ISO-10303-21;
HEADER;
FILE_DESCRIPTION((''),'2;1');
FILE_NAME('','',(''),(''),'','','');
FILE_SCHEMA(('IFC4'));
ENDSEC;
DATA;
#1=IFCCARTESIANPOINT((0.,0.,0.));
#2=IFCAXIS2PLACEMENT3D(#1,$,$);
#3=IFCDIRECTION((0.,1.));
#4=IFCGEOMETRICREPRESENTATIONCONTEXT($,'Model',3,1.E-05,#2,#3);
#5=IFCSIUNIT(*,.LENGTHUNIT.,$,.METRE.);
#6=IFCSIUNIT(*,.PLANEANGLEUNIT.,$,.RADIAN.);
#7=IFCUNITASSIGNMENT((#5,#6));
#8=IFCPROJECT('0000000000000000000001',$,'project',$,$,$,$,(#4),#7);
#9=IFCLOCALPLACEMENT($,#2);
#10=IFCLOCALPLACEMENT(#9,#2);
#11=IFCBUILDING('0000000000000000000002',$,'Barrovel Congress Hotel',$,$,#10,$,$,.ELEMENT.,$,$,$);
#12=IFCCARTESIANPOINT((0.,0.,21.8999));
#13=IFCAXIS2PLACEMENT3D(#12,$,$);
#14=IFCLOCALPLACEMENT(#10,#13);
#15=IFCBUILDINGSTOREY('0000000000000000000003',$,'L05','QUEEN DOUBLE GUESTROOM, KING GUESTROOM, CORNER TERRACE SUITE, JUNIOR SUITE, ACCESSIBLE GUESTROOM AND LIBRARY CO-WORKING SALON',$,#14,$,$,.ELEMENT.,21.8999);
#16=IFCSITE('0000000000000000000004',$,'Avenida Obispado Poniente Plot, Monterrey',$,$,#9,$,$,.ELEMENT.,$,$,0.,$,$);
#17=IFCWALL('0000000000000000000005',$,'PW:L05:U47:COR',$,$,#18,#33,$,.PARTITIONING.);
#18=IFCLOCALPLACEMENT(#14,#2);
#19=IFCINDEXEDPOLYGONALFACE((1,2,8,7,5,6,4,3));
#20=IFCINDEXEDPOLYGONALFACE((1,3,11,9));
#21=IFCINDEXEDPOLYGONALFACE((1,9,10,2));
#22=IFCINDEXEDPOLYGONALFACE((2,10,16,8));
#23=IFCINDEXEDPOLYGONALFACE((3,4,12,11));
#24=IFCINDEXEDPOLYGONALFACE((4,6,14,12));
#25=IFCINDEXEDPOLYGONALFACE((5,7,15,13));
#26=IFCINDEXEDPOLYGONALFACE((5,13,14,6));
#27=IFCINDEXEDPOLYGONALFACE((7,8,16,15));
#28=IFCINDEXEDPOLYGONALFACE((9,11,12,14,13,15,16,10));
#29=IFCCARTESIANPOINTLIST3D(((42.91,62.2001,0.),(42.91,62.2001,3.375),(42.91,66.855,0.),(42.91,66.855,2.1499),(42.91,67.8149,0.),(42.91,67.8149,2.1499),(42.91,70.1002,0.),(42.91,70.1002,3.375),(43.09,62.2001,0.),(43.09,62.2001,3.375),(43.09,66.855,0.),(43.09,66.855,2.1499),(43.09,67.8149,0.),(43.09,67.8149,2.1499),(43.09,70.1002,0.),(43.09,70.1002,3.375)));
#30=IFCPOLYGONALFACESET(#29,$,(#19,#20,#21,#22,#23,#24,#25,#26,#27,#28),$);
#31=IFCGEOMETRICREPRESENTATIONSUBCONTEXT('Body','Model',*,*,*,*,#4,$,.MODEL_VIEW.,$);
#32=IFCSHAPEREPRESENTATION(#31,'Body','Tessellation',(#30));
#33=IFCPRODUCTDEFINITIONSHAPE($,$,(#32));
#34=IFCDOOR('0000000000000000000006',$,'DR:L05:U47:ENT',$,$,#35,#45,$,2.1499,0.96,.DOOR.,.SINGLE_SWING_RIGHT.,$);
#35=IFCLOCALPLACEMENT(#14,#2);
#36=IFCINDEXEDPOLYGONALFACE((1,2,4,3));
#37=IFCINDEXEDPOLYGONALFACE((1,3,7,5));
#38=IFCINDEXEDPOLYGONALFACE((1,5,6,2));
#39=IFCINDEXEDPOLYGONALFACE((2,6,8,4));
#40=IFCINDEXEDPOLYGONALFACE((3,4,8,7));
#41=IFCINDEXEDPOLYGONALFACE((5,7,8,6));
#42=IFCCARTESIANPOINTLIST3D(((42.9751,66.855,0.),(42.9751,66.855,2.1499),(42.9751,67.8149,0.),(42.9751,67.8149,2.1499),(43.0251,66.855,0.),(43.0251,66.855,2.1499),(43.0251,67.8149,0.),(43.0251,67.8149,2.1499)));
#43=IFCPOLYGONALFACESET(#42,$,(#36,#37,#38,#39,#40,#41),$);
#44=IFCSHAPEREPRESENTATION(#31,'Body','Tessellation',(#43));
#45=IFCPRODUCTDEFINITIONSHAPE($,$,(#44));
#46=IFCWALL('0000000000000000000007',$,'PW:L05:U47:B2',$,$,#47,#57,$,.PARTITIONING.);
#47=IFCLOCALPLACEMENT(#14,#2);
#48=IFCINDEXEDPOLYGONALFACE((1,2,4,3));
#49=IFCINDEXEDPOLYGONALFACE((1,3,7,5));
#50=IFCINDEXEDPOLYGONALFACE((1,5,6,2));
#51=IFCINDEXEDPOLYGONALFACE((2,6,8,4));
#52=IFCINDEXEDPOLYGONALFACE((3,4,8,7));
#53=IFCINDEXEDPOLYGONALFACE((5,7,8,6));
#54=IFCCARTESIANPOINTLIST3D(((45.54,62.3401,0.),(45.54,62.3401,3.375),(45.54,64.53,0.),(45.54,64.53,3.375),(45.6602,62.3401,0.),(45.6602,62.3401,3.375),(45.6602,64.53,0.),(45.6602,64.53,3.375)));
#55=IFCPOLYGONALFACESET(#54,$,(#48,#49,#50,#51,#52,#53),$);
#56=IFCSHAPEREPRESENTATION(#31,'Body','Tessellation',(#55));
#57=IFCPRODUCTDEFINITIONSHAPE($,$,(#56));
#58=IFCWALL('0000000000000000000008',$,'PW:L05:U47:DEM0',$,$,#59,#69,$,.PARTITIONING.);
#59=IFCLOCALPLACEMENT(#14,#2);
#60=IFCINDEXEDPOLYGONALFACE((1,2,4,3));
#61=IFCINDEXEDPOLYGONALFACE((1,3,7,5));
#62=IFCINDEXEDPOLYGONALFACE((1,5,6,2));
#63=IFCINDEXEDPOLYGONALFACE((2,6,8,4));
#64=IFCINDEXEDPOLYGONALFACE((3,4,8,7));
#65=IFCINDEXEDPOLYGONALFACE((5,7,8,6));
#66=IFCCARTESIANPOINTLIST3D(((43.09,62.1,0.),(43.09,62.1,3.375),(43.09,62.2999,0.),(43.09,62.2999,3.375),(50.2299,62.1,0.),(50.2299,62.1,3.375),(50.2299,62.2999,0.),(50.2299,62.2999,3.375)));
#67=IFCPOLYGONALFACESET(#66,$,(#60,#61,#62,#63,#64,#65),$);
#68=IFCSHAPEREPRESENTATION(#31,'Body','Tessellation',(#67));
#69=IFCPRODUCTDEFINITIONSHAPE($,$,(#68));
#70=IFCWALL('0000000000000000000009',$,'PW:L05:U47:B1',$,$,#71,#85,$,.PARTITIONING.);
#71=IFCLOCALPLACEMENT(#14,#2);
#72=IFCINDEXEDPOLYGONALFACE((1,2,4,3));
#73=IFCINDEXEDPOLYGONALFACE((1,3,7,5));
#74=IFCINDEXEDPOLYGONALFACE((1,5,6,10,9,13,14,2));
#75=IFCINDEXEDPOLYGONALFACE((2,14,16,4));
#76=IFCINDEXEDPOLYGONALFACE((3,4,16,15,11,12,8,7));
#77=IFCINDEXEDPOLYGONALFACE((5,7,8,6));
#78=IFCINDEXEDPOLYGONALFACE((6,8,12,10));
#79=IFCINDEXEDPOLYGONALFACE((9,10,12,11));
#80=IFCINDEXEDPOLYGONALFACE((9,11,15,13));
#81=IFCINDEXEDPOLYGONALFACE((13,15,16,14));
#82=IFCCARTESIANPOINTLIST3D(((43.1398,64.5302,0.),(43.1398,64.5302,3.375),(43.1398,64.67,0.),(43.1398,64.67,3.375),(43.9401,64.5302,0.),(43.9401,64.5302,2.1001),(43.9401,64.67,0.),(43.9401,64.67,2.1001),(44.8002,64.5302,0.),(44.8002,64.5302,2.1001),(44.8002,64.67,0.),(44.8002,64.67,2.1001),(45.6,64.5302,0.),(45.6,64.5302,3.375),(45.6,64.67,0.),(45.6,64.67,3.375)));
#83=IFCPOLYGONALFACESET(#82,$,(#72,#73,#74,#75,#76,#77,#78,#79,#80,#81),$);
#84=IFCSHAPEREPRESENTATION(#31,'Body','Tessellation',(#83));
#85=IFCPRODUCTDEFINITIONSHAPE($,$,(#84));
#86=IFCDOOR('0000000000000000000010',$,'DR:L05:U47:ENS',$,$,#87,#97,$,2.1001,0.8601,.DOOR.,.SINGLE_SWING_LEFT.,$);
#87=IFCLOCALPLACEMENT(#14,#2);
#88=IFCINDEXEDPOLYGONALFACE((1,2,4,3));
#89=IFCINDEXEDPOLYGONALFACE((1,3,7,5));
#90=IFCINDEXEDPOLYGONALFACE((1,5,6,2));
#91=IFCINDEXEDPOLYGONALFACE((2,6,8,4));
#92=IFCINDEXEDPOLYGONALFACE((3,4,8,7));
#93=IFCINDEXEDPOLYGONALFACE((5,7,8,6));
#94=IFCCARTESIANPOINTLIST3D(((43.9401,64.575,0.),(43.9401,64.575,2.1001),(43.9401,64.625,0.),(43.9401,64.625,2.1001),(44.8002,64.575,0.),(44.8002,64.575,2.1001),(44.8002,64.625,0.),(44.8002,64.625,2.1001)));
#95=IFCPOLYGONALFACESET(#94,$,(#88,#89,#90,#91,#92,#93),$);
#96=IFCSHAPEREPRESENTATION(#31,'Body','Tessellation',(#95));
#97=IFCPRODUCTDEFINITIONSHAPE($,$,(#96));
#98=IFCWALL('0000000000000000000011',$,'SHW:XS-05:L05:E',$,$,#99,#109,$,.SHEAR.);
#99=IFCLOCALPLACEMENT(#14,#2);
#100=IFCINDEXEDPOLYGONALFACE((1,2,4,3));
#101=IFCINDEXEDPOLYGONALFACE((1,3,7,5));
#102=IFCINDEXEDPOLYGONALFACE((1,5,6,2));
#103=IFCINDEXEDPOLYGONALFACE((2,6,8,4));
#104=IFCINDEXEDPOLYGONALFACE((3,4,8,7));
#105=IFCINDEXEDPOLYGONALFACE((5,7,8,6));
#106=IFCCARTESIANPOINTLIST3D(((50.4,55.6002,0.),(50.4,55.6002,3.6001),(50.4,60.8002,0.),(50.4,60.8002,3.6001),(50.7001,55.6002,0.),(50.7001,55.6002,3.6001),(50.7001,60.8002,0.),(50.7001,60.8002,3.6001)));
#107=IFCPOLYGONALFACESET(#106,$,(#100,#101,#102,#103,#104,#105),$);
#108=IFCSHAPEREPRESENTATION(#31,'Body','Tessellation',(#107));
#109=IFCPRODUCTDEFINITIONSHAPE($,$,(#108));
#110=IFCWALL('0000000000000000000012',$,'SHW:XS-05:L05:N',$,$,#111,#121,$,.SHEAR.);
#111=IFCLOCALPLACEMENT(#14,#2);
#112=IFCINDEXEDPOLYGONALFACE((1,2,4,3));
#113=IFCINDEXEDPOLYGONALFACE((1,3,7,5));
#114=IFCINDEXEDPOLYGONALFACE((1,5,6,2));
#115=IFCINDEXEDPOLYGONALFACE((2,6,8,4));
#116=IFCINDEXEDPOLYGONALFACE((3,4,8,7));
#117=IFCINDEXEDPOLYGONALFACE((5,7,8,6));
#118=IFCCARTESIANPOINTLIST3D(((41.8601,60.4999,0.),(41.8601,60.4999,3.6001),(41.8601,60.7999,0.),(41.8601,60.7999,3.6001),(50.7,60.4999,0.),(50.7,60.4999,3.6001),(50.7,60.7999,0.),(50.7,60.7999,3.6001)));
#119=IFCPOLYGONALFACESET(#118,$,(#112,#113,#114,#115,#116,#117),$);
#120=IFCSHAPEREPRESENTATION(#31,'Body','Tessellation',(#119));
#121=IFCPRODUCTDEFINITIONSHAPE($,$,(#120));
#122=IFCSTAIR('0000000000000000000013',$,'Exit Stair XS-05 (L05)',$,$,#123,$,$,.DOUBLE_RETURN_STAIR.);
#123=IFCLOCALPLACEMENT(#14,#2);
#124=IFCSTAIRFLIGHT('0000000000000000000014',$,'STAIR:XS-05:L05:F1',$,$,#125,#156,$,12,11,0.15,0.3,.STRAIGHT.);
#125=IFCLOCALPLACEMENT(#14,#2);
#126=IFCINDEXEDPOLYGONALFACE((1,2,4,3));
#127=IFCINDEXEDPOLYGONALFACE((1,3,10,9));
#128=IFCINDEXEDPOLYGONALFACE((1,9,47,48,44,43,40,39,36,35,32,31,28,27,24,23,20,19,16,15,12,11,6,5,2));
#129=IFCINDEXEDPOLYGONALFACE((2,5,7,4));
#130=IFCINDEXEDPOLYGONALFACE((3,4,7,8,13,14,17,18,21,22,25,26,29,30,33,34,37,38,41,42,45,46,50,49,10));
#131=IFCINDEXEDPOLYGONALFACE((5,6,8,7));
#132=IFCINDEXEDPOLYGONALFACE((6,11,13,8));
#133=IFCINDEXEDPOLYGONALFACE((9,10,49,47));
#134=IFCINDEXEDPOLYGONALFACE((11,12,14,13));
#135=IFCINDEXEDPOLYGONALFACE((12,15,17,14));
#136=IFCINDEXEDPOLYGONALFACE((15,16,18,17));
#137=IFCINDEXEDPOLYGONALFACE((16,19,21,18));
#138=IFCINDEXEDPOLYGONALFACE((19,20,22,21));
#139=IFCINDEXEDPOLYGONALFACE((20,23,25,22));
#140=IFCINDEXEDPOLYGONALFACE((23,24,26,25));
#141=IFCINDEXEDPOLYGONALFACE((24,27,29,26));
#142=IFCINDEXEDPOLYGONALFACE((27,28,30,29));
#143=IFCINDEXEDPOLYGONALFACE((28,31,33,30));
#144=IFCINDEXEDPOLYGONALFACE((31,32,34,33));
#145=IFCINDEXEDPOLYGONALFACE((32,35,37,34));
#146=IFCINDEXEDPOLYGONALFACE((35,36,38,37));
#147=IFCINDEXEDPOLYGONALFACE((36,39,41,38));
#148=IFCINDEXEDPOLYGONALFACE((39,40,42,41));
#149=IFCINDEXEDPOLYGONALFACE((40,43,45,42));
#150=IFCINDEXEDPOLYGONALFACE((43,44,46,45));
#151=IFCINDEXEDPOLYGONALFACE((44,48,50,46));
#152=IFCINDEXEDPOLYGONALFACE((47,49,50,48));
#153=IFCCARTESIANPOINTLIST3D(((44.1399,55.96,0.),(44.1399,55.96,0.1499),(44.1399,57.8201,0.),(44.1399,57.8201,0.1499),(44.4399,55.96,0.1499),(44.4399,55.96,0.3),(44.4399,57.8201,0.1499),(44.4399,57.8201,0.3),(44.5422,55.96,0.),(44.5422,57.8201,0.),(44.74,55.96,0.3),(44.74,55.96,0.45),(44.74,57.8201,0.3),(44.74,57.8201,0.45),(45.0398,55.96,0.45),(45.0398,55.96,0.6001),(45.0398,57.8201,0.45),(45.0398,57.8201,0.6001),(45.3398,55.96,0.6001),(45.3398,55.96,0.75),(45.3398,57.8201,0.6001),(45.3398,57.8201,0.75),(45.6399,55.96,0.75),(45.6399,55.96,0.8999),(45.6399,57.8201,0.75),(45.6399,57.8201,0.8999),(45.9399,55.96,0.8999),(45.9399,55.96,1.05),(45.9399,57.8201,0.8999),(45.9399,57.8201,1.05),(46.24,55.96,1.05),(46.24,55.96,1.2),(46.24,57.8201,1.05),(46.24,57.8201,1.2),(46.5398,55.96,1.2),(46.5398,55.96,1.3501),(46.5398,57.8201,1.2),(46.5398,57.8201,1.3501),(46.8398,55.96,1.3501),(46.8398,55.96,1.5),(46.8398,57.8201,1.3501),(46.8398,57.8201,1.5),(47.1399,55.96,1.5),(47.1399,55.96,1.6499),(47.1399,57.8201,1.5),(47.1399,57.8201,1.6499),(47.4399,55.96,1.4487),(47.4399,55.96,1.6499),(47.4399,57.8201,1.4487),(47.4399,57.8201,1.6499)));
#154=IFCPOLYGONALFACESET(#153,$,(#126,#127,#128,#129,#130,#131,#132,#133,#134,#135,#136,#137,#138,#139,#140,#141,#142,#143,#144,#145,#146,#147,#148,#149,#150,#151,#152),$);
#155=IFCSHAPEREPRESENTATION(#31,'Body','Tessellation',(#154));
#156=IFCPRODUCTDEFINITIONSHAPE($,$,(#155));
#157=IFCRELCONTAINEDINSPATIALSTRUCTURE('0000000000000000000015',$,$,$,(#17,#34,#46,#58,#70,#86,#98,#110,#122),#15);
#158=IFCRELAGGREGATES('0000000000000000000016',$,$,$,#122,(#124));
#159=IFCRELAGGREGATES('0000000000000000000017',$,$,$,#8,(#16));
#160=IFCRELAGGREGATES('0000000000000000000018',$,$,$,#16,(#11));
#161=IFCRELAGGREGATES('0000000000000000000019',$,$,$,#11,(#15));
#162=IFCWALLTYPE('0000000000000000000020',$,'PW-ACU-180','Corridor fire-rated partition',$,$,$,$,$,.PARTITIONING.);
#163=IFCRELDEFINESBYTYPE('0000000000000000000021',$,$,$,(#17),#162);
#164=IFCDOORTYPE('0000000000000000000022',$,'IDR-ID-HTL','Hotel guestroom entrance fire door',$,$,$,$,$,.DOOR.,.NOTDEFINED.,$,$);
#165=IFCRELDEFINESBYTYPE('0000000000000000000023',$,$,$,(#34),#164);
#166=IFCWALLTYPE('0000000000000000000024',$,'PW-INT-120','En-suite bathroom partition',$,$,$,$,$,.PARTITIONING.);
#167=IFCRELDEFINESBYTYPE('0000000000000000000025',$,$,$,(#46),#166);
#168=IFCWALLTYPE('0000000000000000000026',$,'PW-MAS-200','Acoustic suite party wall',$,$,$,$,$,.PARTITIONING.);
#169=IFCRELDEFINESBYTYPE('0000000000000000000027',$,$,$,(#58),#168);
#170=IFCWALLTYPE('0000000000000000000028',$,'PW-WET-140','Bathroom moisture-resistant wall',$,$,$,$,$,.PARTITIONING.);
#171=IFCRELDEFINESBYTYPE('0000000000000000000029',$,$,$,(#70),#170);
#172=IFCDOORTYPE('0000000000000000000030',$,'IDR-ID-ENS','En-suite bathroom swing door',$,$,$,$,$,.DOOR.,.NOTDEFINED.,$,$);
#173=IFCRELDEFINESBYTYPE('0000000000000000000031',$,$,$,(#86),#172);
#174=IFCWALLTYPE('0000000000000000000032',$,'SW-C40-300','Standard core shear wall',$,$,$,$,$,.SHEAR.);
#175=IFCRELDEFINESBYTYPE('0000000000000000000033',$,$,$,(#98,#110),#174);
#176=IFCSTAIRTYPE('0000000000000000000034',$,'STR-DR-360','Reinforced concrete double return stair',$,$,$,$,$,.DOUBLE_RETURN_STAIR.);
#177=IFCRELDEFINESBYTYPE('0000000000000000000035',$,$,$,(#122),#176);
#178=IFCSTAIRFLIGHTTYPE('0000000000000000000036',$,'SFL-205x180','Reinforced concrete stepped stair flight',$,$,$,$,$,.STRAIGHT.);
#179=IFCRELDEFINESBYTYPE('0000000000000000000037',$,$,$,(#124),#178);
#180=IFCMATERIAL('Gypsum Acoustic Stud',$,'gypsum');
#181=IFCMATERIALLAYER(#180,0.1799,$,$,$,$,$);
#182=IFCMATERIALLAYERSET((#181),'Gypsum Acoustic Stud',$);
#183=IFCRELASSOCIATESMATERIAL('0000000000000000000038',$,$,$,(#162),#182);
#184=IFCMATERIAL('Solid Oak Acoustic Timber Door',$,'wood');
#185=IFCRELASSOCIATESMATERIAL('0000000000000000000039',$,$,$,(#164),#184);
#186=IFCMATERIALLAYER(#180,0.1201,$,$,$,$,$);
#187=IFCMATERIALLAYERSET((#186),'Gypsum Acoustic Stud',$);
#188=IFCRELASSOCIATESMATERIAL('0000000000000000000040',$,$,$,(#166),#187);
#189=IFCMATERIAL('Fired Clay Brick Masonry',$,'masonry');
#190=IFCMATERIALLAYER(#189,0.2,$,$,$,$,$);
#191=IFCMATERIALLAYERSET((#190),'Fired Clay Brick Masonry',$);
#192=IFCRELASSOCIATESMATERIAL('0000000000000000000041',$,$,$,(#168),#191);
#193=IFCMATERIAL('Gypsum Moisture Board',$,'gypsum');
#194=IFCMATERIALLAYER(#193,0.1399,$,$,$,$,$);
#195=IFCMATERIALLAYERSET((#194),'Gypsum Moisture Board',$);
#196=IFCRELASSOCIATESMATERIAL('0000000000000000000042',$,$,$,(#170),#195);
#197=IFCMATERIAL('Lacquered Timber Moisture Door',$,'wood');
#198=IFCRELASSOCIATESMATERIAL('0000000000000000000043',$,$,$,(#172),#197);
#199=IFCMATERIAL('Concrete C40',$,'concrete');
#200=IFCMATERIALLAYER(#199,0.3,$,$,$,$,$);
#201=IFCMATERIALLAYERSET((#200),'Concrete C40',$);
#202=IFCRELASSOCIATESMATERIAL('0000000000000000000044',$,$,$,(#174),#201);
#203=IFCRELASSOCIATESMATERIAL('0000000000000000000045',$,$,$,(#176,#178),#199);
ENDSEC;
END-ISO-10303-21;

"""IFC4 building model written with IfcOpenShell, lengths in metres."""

from ifc_helpers import new_model, si_unit, direction, frame, frame_2d, origin, place, context, subcontext, project, spatial, polyline, rectangle, outline, extrude, material, layer, layer_set, type_object, element, fill, aggregate, save


model = new_model("IFC4")

# Units and contexts
model_context = context("Model", 3, precision=1e-05, world=origin(), true_north=direction((0.0, 1.0)))
body_context = subcontext(model_context, "Body", "Model", "MODEL_VIEW")
ifc_project = project(units=[si_unit("LENGTHUNIT", "METRE"), si_unit("PLANEANGLEUNIT", "RADIAN")], contexts=[model_context])

# Site, building, storey
site_placement = place(None, origin())
site = spatial("IfcSite", under=ifc_project, at=site_placement, Name="Avenida Obispado Poniente Plot, Monterrey", CompositionType="ELEMENT", RefElevation=0.0)
building_placement = place(site_placement, origin())
building = spatial("IfcBuilding", under=site, at=building_placement, Name="Barrovel Congress Hotel", CompositionType="ELEMENT")
storey_placement = place(building_placement, frame((0.0, 0.0, 21.8999)))
storey = spatial("IfcBuildingStorey", under=building, at=storey_placement, Name="L05", Description="QUEEN DOUBLE GUESTROOM, KING GUESTROOM, CORNER TERRACE SUITE, JUNIOR SUITE, ACCESSIBLE GUESTROOM AND LIBRARY CO-WORKING SALON", CompositionType="ELEMENT", Elevation=21.8999)

# Shared definitions
ifc_material_1 = material(Name="Concrete C40", Category="concrete")

# Shared definitions
ifc_material_2 = material(Name="Fired Clay Brick Masonry", Category="masonry")

# Wall, opening, door
ifc_material_3 = material(Name="Gypsum Acoustic Stud", Category="gypsum")
ifc_layer_1 = layer(ifc_material_3, 0.1799)
ifc_layer_set_1 = layer_set([ifc_layer_1], Name="Gypsum Acoustic Stud")
wall_type_1 = type_object("IfcWallType", Name="PW-ACU-180", Description="Corridor fire-rated partition", PredefinedType="PARTITIONING", material=ifc_layer_set_1)
wall_1_placement = place(storey_placement, frame((43.0, 62.2, 0.0), z_axis=(0.0, 0.0, 1.0), x_axis=(0.0, 1.0, 0.0)))
wall_1 = element("IfcWall", 1, at=wall_1_placement, inside=storey, type_object=wall_type_1, Name="PW:L05:U47:COR", PredefinedType="PARTITIONING", context=body_context, shape_type="SweptSolid", body=[
    extrude(rectangle(XDim=7.9001, YDim=0.1799, at=frame_2d((3.9502, 0.0))), origin(), (0.0, 0.0, 1.0), 3.375),
])
opening_1_placement = place(wall_1_placement, frame((4.655, 0.0, 0.0)))
opening_1 = element("IfcOpeningElement", 2, at=opening_1_placement, cuts=wall_1, PredefinedType="OPENING", context=body_context, shape_type="SweptSolid", body=[
    extrude(rectangle(XDim=0.96, YDim=2.1499, at=frame_2d((0.48, 1.075))), frame((0.0, 0.1001, 0.0), z_axis=(0.0, -1.0, 0.0), x_axis=(1.0, 0.0, 0.0)), (0.0, 0.0, 1.0), 0.2),
])
ifc_material_4 = material(Name="Solid Oak Acoustic Timber Door", Category="wood")
door_type_1 = type_object("IfcDoorType", Name="IDR-ID-HTL", Description="Hotel guestroom entrance fire door", OperationType="NOTDEFINED", PredefinedType="DOOR", material=ifc_material_4)
door_1_placement = place(opening_1_placement, origin())
door_1 = element("IfcDoor", 3, at=door_1_placement, inside=storey, type_object=door_type_1, Name="DR:L05:U47:ENT", OperationType="SINGLE_SWING_RIGHT", OverallHeight=2.1499, OverallWidth=0.96, PredefinedType="DOOR", context=body_context, shape_type="SweptSolid", body=[
    extrude(rectangle(XDim=0.96, YDim=2.1499, at=frame_2d((0.48, 1.075))), frame((0.0, 0.0249, 0.0), z_axis=(0.0, -1.0, 0.0), x_axis=(1.0, 0.0, 0.0)), (0.0, 0.0, 1.0), 0.05),
])
fill(opening_1, door_1)

# Walls
ifc_layer_2 = layer(ifc_material_3, 0.1201)
ifc_layer_set_2 = layer_set([ifc_layer_2], Name="Gypsum Acoustic Stud")
wall_type_2 = type_object("IfcWallType", Name="PW-INT-120", Description="En-suite bathroom partition", PredefinedType="PARTITIONING", material=ifc_layer_set_2)
wall_2_placement = place(storey_placement, frame((45.6001, 62.3401, 0.0), z_axis=(0.0, 0.0, 1.0), x_axis=(0.0, 1.0, 0.0)))
element("IfcWall", 4, at=wall_2_placement, inside=storey, type_object=wall_type_2, Name="PW:L05:U47:B2", PredefinedType="PARTITIONING", context=body_context, shape_type="SweptSolid", body=[
    extrude(rectangle(XDim=2.1899, YDim=0.1201, at=frame_2d((1.095, 0.0))), origin(), (0.0, 0.0, 1.0), 3.375),
])
ifc_layer_3 = layer(ifc_material_2, 0.2)
ifc_layer_set_3 = layer_set([ifc_layer_3], Name="Fired Clay Brick Masonry")
wall_type_3 = type_object("IfcWallType", Name="PW-MAS-200", Description="Acoustic suite party wall", PredefinedType="PARTITIONING", material=ifc_layer_set_3)
wall_3_placement = place(storey_placement, frame((43.0901, 62.2, 0.0), z_axis=(0.0, 0.0, 1.0), x_axis=(1.0, 0.0, 0.0)))
element("IfcWall", 5, at=wall_3_placement, inside=storey, type_object=wall_type_3, Name="PW:L05:U47:DEM0", PredefinedType="PARTITIONING", context=body_context, shape_type="SweptSolid", body=[
    extrude(rectangle(XDim=7.1399, YDim=0.2, at=frame_2d((3.5698, 0.0))), origin(), (0.0, 0.0, 1.0), 3.375),
])

# Wall, opening, door
ifc_material_5 = material(Name="Gypsum Moisture Board", Category="gypsum")
ifc_layer_4 = layer(ifc_material_5, 0.1399)
ifc_layer_set_4 = layer_set([ifc_layer_4], Name="Gypsum Moisture Board")
wall_type_4 = type_object("IfcWallType", Name="PW-WET-140", Description="Bathroom moisture-resistant wall", PredefinedType="PARTITIONING", material=ifc_layer_set_4)
wall_4_placement = place(storey_placement, frame((43.1399, 64.6001, 0.0), z_axis=(0.0, 0.0, 1.0), x_axis=(1.0, 0.0, 0.0)))
wall_4 = element("IfcWall", 6, at=wall_4_placement, inside=storey, type_object=wall_type_4, Name="PW:L05:U47:B1", PredefinedType="PARTITIONING", context=body_context, shape_type="SweptSolid", body=[
    extrude(rectangle(XDim=2.4602, YDim=0.1399, at=frame_2d((1.23, 0.0))), origin(), (0.0, 0.0, 1.0), 3.375),
])
opening_2_placement = place(wall_4_placement, frame((0.8, 0.0, 0.0)))
opening_2 = element("IfcOpeningElement", 7, at=opening_2_placement, cuts=wall_4, PredefinedType="OPENING", context=body_context, shape_type="SweptSolid", body=[
    extrude(rectangle(XDim=0.8601, YDim=2.1001, at=frame_2d((0.4302, 1.05))), frame((0.0, 0.0801, 0.0), z_axis=(0.0, -1.0, 0.0), x_axis=(1.0, 0.0, 0.0)), (0.0, 0.0, 1.0), 0.1599),
])
ifc_material_6 = material(Name="Lacquered Timber Moisture Door", Category="wood")
door_type_2 = type_object("IfcDoorType", Name="IDR-ID-ENS", Description="En-suite bathroom swing door", OperationType="NOTDEFINED", PredefinedType="DOOR", material=ifc_material_6)
door_2_placement = place(opening_2_placement, origin())
door_2 = element("IfcDoor", 8, at=door_2_placement, inside=storey, type_object=door_type_2, Name="DR:L05:U47:ENS", OperationType="SINGLE_SWING_LEFT", OverallHeight=2.1001, OverallWidth=0.8601, PredefinedType="DOOR", context=body_context, shape_type="SweptSolid", body=[
    extrude(rectangle(XDim=0.8601, YDim=2.1001, at=frame_2d((0.4302, 1.05))), frame((0.0, 0.0249, 0.0), z_axis=(0.0, -1.0, 0.0), x_axis=(1.0, 0.0, 0.0)), (0.0, 0.0, 1.0), 0.05),
])
fill(opening_2, door_2)

# Walls
ifc_layer_5 = layer(ifc_material_1, 0.3)
ifc_layer_set_5 = layer_set([ifc_layer_5], Name="Concrete C40")
wall_type_5 = type_object("IfcWallType", Name="SW-C40-300", Description="Standard core shear wall", PredefinedType="SHEAR", material=ifc_layer_set_5)
wall_5_placement = place(storey_placement, frame((50.55, 55.6001, 0.0), z_axis=(0.0, 0.0, 1.0), x_axis=(0.0, 1.0, 0.0)))
element("IfcWall", 9, at=wall_5_placement, inside=storey, type_object=wall_type_5, Name="SHW:XS-05:L05:E", PredefinedType="SHEAR", context=body_context, shape_type="SweptSolid", body=[
    extrude(rectangle(XDim=5.2, YDim=0.3, at=frame_2d((2.6001, 0.0))), origin(), (0.0, 0.0, 1.0), 3.6001),
])
wall_6_placement = place(storey_placement, frame((50.7, 60.6499, 0.0), z_axis=(0.0, 0.0, 1.0), x_axis=(-1.0, 0.0, 0.0)))
element("IfcWall", 10, at=wall_6_placement, inside=storey, type_object=wall_type_5, Name="SHW:XS-05:L05:N", PredefinedType="SHEAR", context=body_context, shape_type="SweptSolid", body=[
    extrude(rectangle(XDim=8.8398, YDim=0.3, at=frame_2d((4.4199, 0.0))), origin(), (0.0, 0.0, 1.0), 3.6001),
])

# Stair, stair flight
stair_type = type_object("IfcStairType", Name="STR-DR-360", Description="Reinforced concrete double return stair", PredefinedType="DOUBLE_RETURN_STAIR", material=ifc_material_1)
stair_placement = place(storey_placement, origin())
stair = element("IfcStair", 11, at=stair_placement, inside=storey, type_object=stair_type, Name="Exit Stair XS-05 (L05)", PredefinedType="DOUBLE_RETURN_STAIR")
stair_flight_type = type_object("IfcStairFlightType", Name="SFL-205x180", Description="Reinforced concrete stepped stair flight", PredefinedType="STRAIGHT", material=ifc_material_1)
stair_flight_1_placement = place(storey_placement, frame((44.1399, 56.8899, 0.0), z_axis=(0.0, 0.0, 1.0), x_axis=(1.0, 0.0, 0.0)))
stair_flight_1 = element("IfcStairFlight", 12, at=stair_flight_1_placement, type_object=stair_flight_type, Name="STAIR:XS-05:L05:F1", NumberOfRisers=12, NumberOfTreads=11, PredefinedType="STRAIGHT", RiserHeight=0.15, TreadLength=0.3, context=body_context, shape_type="SweptSolid", body=[
    extrude(outline(polyline([(0.0, 0.0), (0.0, 0.1499), (0.3, 0.1499), (0.3, 0.3), (0.6001, 0.3), (0.6001, 0.45), (0.8999, 0.45), (0.8999, 0.6001), (1.2, 0.6001), (1.2, 0.75), (1.5, 0.75), (1.5, 0.8999), (1.8, 0.8999), (1.8, 1.05), (2.1001, 1.05), (2.1001, 1.2), (2.3999, 1.2), (2.3999, 1.3501), (2.7, 1.3501), (2.7, 1.5), (3.0, 1.5), (3.0, 1.6499), (3.3, 1.6499), (3.3, 1.8), (3.3, 1.4487), (0.4023, 0.0), (0.0, 0.0)])), frame((0.0, 0.9302, 0.0), z_axis=(0.0, -1.0, 0.0), x_axis=(1.0, 0.0, 0.0)), (0.0, 0.0, 1.0), 1.8601),
])
aggregate(stair, [stair_flight_1])

save(model, "model.ifc")
